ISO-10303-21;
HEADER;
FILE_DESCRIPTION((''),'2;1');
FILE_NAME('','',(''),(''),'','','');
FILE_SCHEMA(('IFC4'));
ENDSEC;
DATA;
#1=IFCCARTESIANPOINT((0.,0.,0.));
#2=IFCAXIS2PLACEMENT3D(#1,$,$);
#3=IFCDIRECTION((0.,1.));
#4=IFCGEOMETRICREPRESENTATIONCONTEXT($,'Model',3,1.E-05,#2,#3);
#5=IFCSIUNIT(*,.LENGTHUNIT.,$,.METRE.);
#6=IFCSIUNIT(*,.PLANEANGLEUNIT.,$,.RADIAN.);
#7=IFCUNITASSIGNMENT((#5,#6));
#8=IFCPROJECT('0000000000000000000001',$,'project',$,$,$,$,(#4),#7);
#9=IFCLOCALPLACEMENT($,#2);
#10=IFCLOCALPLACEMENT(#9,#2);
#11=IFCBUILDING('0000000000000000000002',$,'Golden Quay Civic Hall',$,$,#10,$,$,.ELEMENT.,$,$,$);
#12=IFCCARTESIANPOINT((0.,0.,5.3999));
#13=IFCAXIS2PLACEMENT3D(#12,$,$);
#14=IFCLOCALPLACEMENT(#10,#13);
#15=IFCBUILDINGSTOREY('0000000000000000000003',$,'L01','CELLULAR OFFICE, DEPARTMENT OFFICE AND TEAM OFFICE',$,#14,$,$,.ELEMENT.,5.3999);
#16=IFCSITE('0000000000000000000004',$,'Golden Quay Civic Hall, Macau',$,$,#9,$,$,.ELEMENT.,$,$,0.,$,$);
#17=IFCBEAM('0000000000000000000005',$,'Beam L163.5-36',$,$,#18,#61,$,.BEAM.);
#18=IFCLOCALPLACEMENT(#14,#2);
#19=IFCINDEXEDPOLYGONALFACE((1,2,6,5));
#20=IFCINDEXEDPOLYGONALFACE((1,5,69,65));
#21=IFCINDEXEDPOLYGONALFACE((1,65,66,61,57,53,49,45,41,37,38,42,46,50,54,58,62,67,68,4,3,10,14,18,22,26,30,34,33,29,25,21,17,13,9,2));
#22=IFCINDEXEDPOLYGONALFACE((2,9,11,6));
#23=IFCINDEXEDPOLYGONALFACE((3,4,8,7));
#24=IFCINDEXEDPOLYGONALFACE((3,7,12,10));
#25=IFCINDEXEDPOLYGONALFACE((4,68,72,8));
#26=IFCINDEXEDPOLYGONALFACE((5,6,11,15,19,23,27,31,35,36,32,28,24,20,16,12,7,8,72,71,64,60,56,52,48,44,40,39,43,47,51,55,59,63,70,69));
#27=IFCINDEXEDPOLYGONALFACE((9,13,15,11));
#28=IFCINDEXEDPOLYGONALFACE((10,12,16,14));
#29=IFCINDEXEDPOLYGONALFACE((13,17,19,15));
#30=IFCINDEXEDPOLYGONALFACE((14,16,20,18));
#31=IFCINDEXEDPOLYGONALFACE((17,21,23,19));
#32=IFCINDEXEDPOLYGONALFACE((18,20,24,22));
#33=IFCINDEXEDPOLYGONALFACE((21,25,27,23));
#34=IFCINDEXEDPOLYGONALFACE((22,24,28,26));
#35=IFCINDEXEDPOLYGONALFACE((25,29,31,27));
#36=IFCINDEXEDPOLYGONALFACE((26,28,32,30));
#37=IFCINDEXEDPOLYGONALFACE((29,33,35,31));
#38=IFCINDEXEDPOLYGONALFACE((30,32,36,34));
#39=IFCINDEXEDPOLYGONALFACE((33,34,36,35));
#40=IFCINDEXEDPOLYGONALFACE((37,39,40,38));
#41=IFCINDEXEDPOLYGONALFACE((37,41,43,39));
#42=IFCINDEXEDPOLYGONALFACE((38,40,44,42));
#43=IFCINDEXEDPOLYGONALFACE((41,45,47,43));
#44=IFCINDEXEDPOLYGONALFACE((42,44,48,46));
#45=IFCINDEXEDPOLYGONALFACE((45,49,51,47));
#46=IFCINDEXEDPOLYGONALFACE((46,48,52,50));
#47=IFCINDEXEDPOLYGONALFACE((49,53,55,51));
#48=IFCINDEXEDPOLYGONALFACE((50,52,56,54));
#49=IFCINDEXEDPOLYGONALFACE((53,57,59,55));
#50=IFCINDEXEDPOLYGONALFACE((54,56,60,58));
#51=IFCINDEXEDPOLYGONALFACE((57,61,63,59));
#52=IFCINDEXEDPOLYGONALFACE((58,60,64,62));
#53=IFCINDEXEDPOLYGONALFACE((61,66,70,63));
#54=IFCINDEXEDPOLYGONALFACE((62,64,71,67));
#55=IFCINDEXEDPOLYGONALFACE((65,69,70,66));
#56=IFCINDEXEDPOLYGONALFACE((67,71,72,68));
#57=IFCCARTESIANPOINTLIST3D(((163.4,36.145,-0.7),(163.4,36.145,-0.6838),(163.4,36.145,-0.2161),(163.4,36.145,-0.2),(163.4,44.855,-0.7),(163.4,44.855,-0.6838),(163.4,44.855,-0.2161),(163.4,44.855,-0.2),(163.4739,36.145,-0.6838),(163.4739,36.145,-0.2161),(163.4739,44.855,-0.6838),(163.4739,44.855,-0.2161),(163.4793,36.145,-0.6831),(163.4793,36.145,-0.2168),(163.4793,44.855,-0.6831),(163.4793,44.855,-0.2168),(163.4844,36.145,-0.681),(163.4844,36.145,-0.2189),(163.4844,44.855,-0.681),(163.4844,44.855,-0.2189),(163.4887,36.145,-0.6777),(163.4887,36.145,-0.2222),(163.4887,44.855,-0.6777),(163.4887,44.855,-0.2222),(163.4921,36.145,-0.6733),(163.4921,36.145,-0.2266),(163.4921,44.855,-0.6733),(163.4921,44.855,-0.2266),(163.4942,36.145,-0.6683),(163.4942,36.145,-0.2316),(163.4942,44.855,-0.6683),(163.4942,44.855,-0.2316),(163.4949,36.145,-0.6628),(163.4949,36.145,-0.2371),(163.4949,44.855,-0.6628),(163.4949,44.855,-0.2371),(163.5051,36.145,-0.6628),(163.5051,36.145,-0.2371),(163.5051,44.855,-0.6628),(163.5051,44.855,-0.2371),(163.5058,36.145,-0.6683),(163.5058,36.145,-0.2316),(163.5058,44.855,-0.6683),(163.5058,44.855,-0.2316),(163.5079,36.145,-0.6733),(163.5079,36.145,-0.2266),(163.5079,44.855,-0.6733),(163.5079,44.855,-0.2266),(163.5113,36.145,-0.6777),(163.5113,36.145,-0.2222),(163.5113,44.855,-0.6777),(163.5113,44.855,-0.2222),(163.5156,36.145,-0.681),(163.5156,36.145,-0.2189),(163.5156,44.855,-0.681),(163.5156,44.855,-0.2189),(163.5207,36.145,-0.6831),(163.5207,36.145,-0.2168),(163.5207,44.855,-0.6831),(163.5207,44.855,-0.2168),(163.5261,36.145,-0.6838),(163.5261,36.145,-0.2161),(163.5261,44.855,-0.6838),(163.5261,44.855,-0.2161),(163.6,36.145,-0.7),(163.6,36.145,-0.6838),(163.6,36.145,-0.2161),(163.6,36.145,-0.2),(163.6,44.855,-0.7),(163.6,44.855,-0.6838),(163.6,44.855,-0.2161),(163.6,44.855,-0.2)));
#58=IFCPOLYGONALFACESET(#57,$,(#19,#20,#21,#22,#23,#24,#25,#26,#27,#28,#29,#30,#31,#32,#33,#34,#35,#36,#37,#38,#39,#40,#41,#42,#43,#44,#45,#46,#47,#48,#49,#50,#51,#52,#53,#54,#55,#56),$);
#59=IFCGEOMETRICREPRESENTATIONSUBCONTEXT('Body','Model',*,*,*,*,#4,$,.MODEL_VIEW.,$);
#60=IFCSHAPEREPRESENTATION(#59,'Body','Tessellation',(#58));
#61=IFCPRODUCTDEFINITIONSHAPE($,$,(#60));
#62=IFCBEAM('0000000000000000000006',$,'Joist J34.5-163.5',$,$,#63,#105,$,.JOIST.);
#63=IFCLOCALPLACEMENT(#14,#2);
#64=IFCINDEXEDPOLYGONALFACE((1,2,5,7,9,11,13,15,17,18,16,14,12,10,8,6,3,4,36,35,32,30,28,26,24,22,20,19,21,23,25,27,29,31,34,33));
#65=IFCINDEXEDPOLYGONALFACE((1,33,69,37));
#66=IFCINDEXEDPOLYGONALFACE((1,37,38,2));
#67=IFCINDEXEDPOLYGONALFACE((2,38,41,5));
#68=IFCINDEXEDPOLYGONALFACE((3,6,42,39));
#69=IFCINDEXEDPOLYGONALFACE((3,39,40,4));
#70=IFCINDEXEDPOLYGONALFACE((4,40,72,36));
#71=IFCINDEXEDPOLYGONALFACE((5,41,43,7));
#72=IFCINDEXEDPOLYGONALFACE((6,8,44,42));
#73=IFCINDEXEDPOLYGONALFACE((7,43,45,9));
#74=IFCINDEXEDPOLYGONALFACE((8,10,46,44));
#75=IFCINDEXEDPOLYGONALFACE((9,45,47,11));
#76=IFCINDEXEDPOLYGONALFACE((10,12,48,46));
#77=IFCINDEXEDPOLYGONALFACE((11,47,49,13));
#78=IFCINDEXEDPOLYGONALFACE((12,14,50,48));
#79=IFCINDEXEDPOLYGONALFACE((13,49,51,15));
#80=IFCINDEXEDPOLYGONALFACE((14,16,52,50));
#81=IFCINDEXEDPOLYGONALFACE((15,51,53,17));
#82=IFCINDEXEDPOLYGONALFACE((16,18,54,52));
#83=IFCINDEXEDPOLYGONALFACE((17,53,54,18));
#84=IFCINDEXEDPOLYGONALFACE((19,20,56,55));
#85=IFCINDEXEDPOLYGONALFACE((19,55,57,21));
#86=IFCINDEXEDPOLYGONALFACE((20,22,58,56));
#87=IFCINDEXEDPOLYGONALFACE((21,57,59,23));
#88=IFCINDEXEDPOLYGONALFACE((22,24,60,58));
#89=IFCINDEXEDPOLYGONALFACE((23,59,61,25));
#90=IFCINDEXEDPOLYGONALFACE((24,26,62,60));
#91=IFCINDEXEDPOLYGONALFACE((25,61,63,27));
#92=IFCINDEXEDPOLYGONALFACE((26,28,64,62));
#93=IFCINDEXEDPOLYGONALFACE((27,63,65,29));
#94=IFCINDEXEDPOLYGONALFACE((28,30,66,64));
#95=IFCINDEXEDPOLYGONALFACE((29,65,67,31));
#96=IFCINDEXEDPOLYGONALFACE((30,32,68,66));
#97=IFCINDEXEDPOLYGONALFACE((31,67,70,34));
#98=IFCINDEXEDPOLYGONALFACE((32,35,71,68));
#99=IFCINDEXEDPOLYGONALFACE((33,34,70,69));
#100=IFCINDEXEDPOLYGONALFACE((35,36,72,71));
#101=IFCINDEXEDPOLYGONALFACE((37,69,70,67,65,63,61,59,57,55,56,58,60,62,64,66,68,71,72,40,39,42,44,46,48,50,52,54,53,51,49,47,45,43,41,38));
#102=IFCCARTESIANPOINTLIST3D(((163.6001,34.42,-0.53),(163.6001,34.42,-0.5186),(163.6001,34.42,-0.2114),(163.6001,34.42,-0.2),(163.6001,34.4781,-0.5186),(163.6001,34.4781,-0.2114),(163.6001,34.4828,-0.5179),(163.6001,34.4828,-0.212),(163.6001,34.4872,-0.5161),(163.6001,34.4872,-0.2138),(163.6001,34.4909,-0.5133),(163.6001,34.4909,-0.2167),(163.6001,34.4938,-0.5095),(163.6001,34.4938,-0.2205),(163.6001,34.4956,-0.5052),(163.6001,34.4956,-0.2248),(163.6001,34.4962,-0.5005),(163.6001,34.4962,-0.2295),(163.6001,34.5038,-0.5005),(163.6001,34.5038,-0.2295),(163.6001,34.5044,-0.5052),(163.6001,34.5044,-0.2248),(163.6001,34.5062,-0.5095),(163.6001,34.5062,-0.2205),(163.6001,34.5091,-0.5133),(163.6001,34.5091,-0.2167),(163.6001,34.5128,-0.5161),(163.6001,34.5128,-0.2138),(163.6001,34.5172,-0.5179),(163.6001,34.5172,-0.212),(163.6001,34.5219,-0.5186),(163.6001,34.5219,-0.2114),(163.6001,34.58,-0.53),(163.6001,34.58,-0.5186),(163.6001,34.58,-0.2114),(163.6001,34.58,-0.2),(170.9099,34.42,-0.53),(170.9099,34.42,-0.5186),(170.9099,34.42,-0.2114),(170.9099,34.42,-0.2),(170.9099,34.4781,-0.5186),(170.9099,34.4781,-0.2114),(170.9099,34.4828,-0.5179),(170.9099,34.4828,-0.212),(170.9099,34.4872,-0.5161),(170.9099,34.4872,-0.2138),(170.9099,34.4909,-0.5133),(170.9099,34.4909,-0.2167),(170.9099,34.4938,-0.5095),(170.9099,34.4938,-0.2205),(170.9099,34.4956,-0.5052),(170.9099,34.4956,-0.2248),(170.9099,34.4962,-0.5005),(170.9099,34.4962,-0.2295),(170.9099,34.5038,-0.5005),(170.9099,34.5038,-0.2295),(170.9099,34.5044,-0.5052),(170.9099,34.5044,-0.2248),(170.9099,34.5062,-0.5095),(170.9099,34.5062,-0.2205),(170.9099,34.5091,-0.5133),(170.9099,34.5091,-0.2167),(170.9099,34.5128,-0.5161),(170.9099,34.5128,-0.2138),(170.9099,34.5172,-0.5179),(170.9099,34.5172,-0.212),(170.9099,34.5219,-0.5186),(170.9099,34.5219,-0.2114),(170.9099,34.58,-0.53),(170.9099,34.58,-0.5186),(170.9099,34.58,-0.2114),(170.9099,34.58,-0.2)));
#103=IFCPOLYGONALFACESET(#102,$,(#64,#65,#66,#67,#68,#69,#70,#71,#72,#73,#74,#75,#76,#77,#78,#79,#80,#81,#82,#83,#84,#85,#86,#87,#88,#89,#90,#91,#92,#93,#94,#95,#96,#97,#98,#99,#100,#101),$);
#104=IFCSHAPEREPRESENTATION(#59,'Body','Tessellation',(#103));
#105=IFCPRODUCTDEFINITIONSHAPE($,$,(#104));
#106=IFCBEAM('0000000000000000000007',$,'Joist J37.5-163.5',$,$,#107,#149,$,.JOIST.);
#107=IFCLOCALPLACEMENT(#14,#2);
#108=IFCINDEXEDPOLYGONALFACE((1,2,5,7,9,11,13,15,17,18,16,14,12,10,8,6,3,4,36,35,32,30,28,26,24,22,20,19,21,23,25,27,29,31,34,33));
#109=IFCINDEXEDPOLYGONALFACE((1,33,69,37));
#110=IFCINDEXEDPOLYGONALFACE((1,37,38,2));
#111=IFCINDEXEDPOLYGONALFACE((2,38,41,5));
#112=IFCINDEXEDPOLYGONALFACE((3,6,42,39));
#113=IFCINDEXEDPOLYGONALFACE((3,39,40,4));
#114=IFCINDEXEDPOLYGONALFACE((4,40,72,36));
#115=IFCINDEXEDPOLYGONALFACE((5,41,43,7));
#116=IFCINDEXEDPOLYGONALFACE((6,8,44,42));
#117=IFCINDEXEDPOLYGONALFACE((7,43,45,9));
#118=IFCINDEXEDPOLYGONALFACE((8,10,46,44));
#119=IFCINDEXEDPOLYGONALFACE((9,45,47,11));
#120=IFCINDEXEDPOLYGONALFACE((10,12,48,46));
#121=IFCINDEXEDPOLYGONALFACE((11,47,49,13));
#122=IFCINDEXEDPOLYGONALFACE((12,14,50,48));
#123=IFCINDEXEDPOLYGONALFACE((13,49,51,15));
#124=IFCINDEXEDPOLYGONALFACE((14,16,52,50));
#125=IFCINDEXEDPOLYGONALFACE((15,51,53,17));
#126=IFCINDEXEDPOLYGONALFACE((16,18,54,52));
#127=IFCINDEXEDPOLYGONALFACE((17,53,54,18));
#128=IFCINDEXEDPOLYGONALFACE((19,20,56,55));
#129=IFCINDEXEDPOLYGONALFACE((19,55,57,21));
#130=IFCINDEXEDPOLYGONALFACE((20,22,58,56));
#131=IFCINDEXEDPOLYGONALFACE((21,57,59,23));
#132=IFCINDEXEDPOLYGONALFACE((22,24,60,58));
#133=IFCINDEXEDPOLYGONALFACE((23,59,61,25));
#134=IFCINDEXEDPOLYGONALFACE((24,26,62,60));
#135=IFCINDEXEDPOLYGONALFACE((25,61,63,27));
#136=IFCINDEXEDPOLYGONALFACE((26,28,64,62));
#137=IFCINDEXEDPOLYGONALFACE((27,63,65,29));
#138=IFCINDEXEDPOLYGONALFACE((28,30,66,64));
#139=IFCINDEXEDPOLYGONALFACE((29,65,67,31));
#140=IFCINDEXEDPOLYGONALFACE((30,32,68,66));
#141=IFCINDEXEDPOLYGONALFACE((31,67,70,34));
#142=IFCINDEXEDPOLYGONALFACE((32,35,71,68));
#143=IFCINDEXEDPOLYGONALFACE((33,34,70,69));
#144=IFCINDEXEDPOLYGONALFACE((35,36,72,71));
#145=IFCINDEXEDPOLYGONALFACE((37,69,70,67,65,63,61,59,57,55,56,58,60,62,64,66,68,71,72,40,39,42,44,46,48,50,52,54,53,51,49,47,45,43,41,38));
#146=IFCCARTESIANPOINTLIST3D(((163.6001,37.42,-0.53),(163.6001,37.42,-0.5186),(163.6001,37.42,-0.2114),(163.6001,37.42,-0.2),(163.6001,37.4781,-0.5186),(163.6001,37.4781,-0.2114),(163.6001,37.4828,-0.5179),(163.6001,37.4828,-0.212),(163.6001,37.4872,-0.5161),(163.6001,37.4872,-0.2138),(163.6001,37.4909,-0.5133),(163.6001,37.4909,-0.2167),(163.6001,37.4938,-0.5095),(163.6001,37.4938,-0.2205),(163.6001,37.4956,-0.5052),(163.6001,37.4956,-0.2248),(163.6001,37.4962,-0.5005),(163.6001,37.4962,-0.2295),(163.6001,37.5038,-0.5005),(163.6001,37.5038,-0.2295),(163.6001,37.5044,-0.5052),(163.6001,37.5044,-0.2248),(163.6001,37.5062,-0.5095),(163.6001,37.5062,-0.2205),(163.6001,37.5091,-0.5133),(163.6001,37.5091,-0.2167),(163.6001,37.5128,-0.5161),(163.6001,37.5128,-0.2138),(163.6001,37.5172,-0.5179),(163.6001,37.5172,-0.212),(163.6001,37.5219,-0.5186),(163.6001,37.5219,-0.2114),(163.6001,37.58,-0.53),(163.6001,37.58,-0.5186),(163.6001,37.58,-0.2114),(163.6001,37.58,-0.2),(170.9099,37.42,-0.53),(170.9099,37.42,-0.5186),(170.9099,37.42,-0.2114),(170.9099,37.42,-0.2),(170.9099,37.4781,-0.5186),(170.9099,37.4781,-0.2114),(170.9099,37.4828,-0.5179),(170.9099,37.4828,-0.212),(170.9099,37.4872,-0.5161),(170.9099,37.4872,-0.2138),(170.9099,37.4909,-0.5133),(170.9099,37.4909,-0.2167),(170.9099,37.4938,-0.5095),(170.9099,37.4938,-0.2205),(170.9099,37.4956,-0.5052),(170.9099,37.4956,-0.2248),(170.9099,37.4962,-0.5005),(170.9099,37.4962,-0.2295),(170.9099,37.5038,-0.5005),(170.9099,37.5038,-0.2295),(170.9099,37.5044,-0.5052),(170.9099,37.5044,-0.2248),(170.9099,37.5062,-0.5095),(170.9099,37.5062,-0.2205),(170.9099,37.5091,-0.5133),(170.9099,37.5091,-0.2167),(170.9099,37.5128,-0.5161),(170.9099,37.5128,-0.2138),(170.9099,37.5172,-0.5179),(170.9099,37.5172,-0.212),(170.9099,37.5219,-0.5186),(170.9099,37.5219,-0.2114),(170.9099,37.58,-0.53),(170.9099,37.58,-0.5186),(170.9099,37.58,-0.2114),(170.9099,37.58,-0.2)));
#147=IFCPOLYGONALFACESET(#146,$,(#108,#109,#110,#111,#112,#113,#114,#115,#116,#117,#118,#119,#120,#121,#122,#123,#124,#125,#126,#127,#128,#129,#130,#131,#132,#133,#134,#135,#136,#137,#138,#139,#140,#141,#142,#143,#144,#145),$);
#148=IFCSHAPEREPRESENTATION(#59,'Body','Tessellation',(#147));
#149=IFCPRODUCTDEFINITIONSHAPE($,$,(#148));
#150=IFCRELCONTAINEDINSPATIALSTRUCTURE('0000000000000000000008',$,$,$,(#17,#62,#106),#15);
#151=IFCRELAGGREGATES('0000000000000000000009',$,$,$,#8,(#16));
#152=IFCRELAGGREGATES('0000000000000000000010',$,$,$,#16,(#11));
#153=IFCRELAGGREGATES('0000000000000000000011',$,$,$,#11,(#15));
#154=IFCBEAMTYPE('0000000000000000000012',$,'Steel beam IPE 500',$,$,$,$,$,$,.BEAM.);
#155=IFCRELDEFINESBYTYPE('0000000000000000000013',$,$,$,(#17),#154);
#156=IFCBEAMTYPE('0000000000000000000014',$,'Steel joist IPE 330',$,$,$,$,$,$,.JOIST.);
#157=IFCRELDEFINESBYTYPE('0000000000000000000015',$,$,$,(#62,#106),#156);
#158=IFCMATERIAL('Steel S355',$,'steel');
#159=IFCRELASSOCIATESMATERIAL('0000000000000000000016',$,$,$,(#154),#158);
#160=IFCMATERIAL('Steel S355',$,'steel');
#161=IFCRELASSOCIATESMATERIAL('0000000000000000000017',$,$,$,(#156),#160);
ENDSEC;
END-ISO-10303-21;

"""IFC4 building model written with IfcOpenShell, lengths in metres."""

from ifc_helpers import new_model, si_unit, direction, frame, origin, origin_2d, place, context, subcontext, project, spatial, i_section, extrude, material, material_profile, profile_set, type_object, element, save


model = new_model("IFC4")

# Units and contexts
model_context = context("Model", 3, precision=1e-05, world=origin(), true_north=direction((0.0, 1.0)))
body_context = subcontext(model_context, "Body", "Model", "MODEL_VIEW")
ifc_project = project(units=[si_unit("LENGTHUNIT", "METRE"), si_unit("PLANEANGLEUNIT", "RADIAN")], contexts=[model_context])

# Site, building, storey
site_placement = place(None, origin())
site = spatial("IfcSite", under=ifc_project, at=site_placement, Name="Golden Quay Civic Hall, Macau", CompositionType="ELEMENT", RefElevation=0.0)
building_placement = place(site_placement, origin())
building = spatial("IfcBuilding", under=site, at=building_placement, Name="Golden Quay Civic Hall", CompositionType="ELEMENT")
storey_placement = place(building_placement, frame((0.0, 0.0, 5.3999)))
storey = spatial("IfcBuildingStorey", under=building, at=storey_placement, Name="L01", Description="CELLULAR OFFICE, DEPARTMENT OFFICE AND TEAM OFFICE", CompositionType="ELEMENT", Elevation=5.3999)

# Beams
ifc_material_1 = material(Name="Steel S355", Category="steel")
ifc_material_profile_1 = material_profile(ifc_material_1, i_section(OverallWidth=0.2, OverallDepth=0.5, WebThickness=0.0103, FlangeThickness=0.0161, FilletRadius=0.021, at=origin_2d()), Name="IPE 500")
ifc_profile_set_1 = profile_set([ifc_material_profile_1], Name="Steel S355")
beam_type_1 = type_object("IfcBeamType", Name="Steel beam IPE 500", PredefinedType="BEAM", material=ifc_profile_set_1)
beam_1_placement = place(storey_placement, frame((163.5, 36.145, -0.45), z_axis=(0.0, 1.0, 0.0), x_axis=(-1.0, 0.0, 0.0)))
element("IfcBeam", 1, at=beam_1_placement, inside=storey, type_object=beam_type_1, Name="Beam L163.5-36", PredefinedType="BEAM", context=body_context, shape_type="SweptSolid", body=[
    extrude(i_section(OverallWidth=0.2, OverallDepth=0.5, WebThickness=0.0103, FlangeThickness=0.0161, FilletRadius=0.021, at=origin_2d()), origin(), (0.0, 0.0, 1.0), 8.71),
])
ifc_material_2 = material(Name="Steel S355", Category="steel")
ifc_material_profile_2 = material_profile(ifc_material_2, i_section(OverallWidth=0.1599, OverallDepth=0.3301, WebThickness=0.0076, FlangeThickness=0.0115, FilletRadius=0.0181, at=origin_2d()), Name="IPE 330")
ifc_profile_set_2 = profile_set([ifc_material_profile_2], Name="Steel S355")
beam_type_2 = type_object("IfcBeamType", Name="Steel joist IPE 330", PredefinedType="JOIST", material=ifc_profile_set_2)
for number, where, z_axis, x_axis, name in (
    (2, (163.6001, 34.5, -0.365), (1.0, 0.0, 0.0), (0.0, 1.0, 0.0), "Joist J34.5-163.5"),
    (3, (163.6001, 37.5, -0.365), (1.0, 0.0, 0.0), (0.0, 1.0, 0.0), "Joist J37.5-163.5"),
):
    element("IfcBeam", number, at=place(storey_placement, frame(where, z_axis=z_axis, x_axis=x_axis)), inside=storey, type_object=beam_type_2, Name=name, PredefinedType="JOIST", context=body_context, shape_type="SweptSolid", body=[
        extrude(i_section(OverallWidth=0.1599, OverallDepth=0.3301, WebThickness=0.0076, FlangeThickness=0.0115, FilletRadius=0.0181, at=origin_2d()), origin(), (0.0, 0.0, 1.0), 7.3098),
    ])

save(model, "model.ifc")
